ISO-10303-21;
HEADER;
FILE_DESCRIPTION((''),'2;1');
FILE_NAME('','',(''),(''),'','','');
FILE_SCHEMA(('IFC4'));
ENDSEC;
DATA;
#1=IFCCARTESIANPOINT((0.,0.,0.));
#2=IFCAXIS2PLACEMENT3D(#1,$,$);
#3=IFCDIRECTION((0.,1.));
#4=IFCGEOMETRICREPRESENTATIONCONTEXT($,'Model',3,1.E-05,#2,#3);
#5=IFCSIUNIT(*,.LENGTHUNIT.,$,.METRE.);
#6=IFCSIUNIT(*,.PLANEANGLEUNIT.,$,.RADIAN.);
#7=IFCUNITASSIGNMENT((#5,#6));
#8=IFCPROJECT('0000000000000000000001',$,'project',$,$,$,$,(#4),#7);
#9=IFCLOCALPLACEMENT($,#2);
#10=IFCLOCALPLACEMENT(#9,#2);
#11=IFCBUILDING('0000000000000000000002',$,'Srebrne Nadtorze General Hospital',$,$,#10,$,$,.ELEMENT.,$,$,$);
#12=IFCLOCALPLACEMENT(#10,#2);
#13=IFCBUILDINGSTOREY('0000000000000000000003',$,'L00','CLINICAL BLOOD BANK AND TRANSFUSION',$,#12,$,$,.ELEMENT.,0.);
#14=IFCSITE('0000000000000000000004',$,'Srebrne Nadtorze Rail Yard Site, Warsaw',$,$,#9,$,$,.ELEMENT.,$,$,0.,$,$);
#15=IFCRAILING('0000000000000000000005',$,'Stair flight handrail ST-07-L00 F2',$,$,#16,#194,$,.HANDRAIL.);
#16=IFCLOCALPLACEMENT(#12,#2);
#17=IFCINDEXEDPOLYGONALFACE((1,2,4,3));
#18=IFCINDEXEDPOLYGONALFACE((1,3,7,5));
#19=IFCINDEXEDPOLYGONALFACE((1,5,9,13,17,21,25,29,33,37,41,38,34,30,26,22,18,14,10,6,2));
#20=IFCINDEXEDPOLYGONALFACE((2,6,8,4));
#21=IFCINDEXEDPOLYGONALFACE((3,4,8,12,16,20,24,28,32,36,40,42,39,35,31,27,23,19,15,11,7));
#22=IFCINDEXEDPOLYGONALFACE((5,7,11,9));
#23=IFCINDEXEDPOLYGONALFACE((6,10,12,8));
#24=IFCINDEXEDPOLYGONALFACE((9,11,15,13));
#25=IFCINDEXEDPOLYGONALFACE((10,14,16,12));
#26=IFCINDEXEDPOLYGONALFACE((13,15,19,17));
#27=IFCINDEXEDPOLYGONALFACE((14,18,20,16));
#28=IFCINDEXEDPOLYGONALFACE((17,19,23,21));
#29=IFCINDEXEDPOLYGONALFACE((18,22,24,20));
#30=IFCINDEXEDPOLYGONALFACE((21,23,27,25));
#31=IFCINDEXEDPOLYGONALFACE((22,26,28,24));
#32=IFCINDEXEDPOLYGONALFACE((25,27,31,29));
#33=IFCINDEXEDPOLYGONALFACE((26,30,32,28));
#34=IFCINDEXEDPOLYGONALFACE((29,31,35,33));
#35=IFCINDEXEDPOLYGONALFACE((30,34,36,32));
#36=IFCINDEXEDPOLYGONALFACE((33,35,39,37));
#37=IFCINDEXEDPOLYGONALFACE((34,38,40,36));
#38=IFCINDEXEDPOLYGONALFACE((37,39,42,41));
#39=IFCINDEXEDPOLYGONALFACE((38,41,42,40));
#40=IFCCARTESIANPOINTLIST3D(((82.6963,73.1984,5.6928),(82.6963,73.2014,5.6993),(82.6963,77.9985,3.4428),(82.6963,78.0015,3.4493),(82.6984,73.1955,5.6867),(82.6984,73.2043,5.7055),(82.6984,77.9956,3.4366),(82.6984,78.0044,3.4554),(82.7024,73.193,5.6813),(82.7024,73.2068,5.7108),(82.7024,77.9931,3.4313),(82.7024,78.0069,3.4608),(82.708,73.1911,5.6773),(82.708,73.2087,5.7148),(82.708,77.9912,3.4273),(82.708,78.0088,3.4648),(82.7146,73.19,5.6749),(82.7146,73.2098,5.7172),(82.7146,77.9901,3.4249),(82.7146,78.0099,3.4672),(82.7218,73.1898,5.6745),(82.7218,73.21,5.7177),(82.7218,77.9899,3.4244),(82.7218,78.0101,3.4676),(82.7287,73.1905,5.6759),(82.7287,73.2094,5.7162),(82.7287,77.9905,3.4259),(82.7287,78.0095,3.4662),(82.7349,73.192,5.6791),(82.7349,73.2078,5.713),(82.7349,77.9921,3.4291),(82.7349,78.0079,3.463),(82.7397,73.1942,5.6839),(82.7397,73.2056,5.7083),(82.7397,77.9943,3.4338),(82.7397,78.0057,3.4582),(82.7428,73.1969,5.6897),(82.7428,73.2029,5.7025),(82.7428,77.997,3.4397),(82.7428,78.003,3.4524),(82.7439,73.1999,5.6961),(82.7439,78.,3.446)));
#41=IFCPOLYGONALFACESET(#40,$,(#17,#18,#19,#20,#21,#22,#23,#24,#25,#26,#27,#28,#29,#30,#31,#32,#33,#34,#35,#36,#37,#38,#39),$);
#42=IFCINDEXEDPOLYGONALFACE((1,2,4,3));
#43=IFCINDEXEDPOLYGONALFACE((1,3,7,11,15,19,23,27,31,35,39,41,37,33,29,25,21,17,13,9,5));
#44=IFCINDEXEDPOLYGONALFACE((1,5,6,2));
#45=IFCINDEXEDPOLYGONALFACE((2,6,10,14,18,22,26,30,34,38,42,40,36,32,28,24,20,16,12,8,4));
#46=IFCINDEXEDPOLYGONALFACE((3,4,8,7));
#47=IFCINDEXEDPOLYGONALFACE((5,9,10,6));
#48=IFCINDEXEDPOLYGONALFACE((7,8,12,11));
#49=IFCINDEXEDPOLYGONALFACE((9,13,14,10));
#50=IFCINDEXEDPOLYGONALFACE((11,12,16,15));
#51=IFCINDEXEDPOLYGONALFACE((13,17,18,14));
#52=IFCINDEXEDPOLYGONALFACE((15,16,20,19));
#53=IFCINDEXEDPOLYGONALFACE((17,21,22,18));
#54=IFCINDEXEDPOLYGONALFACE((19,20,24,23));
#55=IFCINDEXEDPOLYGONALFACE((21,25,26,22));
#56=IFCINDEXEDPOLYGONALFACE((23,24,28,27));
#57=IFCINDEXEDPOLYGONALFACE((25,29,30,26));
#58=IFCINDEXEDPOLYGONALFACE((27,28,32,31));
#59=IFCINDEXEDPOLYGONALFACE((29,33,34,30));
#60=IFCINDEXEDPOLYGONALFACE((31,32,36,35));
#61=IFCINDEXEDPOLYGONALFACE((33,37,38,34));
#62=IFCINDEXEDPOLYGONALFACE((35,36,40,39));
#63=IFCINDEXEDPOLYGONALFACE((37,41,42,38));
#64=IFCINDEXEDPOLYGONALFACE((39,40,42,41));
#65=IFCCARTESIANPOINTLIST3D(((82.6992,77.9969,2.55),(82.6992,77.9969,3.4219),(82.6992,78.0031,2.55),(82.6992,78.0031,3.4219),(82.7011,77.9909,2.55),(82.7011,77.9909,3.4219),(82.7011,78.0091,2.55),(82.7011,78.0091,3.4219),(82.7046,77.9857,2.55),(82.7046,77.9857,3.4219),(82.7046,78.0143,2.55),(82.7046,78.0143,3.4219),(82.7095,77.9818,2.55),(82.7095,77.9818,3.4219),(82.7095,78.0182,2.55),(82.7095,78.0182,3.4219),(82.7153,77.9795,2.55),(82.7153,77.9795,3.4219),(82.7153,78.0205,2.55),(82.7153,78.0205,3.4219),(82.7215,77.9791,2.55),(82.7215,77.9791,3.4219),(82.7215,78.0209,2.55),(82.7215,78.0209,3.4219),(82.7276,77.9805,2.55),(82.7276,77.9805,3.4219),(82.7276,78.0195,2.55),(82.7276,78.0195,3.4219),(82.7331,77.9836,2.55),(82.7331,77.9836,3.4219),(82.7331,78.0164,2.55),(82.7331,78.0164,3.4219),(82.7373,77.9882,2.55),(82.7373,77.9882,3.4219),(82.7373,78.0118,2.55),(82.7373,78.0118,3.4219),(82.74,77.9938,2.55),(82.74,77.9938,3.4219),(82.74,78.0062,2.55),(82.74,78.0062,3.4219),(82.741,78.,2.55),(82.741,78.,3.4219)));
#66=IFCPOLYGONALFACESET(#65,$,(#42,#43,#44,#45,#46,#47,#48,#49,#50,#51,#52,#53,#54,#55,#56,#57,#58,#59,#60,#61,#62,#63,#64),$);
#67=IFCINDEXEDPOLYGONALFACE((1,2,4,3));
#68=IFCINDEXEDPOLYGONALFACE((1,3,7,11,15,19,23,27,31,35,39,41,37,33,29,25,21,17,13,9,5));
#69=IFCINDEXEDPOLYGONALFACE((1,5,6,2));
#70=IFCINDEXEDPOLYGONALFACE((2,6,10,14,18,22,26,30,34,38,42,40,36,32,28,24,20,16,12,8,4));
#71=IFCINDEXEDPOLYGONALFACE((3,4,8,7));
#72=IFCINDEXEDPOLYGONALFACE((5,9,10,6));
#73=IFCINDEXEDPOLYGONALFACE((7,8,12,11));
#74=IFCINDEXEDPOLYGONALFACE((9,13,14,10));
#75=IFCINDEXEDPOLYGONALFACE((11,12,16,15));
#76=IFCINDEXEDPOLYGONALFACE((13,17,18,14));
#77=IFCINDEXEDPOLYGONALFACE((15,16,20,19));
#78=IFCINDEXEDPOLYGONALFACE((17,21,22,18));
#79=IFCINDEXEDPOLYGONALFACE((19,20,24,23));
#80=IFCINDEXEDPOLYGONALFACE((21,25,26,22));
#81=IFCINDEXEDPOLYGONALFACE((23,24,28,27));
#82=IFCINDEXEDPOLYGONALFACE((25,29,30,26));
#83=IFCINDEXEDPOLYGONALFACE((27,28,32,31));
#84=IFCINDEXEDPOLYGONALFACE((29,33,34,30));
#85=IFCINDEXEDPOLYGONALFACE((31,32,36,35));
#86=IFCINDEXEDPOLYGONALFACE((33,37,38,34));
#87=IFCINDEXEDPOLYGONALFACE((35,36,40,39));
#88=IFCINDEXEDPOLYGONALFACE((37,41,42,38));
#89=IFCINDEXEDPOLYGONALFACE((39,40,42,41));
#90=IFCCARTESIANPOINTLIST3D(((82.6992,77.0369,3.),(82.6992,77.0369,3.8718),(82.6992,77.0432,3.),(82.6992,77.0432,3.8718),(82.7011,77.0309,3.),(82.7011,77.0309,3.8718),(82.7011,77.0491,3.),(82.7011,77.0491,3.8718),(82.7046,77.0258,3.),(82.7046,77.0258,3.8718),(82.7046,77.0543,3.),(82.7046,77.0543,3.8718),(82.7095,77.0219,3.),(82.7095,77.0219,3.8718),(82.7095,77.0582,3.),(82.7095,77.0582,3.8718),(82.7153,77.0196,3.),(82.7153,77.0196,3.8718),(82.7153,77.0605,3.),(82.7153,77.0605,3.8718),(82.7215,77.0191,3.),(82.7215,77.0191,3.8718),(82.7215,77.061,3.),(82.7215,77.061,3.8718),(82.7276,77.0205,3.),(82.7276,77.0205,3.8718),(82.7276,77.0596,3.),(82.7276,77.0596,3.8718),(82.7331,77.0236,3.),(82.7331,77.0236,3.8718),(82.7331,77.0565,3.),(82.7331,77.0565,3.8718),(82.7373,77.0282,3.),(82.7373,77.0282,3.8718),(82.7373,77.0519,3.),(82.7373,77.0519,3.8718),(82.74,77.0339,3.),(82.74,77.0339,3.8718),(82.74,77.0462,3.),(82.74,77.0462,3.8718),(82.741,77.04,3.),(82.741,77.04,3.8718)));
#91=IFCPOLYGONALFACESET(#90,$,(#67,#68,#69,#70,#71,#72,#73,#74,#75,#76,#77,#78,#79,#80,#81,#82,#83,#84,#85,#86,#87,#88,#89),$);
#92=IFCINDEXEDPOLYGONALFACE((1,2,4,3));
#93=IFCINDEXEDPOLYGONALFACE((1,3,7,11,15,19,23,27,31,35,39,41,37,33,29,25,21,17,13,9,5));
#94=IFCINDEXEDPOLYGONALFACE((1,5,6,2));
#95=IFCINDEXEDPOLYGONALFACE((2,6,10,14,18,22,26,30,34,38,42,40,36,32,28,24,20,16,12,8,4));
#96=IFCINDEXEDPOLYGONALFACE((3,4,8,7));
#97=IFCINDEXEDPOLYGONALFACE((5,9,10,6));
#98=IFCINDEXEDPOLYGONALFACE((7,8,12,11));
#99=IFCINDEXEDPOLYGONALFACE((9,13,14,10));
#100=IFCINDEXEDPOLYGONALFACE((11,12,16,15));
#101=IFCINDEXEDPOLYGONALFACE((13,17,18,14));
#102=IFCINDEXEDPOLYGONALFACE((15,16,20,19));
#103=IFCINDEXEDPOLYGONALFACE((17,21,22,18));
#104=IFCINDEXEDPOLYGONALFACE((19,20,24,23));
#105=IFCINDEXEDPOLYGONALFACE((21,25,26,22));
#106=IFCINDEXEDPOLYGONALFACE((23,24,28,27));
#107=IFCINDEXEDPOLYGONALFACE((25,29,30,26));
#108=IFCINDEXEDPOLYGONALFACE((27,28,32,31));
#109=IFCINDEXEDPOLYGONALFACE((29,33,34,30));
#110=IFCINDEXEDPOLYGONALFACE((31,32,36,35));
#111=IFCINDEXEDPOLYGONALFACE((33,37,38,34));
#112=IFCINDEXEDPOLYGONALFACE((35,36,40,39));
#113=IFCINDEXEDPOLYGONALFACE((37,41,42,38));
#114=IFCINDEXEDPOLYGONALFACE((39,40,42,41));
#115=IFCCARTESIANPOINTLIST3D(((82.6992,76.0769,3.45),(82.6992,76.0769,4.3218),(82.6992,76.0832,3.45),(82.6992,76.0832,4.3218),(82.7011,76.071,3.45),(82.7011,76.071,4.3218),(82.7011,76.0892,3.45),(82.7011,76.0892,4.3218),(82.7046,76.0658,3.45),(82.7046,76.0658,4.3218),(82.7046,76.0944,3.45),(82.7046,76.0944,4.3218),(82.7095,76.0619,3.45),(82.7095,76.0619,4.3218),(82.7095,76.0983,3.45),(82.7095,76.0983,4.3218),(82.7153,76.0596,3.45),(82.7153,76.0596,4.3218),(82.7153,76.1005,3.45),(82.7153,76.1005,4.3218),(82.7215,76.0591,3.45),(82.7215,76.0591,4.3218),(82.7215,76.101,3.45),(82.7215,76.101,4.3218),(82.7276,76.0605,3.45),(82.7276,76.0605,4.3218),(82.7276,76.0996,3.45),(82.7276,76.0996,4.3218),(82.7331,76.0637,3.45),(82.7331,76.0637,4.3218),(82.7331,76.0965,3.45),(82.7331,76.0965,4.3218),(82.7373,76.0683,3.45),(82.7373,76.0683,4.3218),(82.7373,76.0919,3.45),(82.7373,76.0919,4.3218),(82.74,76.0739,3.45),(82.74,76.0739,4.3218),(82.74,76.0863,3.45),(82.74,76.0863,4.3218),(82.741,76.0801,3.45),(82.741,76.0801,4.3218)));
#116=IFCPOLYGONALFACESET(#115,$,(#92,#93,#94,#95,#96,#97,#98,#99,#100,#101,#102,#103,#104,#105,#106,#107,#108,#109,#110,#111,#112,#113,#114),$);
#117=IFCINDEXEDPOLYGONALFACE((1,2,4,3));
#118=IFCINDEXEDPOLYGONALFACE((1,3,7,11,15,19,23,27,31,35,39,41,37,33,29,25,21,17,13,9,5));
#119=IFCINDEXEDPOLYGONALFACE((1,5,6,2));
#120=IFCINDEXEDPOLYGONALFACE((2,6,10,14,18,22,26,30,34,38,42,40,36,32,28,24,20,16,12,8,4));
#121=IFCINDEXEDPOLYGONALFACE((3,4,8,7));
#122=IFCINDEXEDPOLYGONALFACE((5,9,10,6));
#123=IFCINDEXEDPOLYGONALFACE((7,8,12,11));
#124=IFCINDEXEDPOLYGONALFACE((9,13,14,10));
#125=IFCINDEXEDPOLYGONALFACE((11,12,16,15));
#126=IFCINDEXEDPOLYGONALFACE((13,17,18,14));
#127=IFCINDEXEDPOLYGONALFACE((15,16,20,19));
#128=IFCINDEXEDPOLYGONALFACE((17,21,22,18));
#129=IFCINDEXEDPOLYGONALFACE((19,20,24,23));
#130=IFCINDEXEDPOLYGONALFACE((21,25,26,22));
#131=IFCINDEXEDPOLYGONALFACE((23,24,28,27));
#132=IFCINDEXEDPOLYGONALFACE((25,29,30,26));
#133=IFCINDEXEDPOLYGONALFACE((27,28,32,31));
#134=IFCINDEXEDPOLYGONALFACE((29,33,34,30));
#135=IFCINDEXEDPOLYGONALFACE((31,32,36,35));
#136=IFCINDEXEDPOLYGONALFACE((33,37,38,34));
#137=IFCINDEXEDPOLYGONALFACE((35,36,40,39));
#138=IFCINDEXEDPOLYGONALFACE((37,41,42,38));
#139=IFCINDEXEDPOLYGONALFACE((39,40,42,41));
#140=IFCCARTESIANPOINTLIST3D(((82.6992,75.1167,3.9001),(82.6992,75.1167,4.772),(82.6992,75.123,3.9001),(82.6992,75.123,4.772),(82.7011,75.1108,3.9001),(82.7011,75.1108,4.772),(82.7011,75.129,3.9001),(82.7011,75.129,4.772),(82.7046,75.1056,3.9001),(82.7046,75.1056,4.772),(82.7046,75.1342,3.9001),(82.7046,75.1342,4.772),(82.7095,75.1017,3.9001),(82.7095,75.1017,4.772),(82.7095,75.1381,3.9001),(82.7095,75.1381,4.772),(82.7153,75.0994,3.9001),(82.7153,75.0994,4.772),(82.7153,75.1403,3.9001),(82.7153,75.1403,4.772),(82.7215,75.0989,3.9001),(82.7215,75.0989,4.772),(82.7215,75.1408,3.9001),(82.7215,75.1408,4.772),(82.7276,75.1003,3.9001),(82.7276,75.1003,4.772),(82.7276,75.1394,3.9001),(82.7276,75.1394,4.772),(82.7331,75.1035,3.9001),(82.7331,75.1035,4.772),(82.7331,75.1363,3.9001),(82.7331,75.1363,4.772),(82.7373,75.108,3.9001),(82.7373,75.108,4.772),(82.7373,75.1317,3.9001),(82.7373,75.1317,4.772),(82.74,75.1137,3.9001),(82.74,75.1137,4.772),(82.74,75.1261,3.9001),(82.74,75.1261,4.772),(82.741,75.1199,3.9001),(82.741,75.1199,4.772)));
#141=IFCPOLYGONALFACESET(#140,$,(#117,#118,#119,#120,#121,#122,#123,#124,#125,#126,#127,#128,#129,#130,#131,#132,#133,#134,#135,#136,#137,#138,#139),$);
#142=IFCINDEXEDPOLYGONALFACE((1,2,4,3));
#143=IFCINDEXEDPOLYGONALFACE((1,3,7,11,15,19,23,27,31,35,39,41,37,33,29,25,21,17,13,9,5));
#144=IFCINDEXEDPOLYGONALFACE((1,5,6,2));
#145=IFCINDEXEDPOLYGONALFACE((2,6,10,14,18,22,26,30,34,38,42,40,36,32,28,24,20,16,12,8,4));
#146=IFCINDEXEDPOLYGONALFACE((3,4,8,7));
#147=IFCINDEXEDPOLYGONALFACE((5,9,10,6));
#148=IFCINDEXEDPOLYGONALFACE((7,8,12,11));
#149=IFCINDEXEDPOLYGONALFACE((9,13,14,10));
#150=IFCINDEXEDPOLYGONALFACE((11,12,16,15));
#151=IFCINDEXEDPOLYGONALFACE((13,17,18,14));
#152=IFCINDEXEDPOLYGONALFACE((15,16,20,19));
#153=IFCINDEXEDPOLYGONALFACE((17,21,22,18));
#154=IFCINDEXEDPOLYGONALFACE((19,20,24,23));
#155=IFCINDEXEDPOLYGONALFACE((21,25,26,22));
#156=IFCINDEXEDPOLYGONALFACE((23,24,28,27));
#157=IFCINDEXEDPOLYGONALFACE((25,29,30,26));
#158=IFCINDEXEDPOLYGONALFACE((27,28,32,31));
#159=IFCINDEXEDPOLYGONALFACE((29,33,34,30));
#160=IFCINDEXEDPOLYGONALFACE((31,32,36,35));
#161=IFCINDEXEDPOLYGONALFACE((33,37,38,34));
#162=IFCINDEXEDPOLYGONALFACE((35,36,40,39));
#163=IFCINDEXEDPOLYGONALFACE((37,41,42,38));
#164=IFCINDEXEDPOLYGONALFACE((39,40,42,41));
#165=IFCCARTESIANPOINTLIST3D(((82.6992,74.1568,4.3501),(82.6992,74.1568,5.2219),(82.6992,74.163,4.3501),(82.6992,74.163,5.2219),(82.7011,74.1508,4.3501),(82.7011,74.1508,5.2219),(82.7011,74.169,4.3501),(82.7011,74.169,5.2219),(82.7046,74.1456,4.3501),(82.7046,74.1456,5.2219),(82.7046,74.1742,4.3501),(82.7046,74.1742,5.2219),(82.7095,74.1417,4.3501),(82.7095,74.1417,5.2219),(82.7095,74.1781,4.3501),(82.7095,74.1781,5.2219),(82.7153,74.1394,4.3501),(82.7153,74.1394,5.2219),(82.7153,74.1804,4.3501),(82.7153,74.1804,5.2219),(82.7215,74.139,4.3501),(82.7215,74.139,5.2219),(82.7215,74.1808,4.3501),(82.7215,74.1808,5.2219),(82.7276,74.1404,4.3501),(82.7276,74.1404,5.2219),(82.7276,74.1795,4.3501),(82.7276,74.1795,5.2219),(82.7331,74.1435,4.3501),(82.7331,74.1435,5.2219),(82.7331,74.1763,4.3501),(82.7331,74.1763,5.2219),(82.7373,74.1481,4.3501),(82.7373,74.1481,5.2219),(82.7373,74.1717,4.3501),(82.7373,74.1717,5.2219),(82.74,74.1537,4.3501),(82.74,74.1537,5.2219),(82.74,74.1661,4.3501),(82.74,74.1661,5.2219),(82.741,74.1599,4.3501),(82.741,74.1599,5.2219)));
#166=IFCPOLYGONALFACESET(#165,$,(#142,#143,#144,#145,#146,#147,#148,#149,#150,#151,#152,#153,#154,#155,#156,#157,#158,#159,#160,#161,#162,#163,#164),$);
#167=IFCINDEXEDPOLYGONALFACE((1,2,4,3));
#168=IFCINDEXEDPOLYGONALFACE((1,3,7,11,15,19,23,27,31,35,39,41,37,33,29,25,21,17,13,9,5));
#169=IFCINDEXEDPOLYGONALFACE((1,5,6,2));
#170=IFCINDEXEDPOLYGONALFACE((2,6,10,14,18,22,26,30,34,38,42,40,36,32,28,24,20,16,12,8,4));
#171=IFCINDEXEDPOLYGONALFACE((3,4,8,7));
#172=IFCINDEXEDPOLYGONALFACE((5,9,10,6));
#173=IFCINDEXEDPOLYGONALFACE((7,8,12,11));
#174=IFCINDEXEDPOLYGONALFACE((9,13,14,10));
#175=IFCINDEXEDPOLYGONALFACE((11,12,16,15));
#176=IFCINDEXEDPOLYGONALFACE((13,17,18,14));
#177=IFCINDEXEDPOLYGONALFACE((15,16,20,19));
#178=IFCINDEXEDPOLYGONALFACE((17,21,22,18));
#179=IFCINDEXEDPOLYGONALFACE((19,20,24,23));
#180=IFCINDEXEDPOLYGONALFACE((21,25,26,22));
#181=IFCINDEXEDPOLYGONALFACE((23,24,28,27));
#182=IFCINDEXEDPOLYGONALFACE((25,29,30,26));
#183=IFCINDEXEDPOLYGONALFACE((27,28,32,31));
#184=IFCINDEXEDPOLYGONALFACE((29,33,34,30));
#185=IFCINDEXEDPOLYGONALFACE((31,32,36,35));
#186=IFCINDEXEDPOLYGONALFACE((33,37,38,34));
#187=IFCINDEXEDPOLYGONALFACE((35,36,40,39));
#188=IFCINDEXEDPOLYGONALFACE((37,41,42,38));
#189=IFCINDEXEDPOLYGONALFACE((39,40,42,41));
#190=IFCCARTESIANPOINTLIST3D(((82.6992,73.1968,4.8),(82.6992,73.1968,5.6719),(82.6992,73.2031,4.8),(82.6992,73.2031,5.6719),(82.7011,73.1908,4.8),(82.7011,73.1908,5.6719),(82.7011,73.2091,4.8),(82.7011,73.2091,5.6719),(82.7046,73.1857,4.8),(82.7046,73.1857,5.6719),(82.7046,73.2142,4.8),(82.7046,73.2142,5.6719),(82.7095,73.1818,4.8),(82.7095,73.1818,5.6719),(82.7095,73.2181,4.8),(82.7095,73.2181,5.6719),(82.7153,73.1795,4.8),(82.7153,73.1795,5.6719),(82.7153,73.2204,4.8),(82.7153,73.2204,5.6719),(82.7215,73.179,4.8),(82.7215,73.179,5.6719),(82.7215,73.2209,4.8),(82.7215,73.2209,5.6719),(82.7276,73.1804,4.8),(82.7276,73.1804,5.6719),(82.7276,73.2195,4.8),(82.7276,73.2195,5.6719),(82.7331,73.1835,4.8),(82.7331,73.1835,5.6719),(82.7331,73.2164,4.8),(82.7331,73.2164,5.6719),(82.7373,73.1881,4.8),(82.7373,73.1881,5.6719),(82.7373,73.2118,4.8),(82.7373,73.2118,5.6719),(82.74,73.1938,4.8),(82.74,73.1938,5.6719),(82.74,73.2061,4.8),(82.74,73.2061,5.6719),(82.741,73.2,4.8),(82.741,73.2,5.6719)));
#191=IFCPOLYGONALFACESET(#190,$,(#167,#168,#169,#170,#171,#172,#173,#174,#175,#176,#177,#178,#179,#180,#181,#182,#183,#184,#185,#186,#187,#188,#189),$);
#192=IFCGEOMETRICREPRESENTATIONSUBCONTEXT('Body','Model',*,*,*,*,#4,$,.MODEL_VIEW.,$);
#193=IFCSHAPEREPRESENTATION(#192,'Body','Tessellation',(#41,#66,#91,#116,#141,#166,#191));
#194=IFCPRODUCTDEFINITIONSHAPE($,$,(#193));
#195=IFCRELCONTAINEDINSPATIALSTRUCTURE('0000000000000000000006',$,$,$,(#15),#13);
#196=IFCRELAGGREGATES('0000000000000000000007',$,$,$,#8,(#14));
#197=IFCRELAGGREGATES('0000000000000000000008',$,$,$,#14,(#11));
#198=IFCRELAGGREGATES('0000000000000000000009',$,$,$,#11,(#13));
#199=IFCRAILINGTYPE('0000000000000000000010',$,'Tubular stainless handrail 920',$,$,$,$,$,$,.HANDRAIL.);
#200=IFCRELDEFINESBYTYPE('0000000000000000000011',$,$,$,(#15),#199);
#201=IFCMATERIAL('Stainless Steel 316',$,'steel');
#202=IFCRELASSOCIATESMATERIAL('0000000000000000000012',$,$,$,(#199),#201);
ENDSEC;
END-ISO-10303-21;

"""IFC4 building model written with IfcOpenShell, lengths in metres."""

from ifc_helpers import new_model, si_unit, direction, frame, origin, origin_2d, place, context, subcontext, project, spatial, circle, extrude, material, type_object, element, save


model = new_model("IFC4")

# Units and contexts
model_context = context("Model", 3, precision=1e-05, world=origin(), true_north=direction((0.0, 1.0)))
body_context = subcontext(model_context, "Body", "Model", "MODEL_VIEW")
ifc_project = project(units=[si_unit("LENGTHUNIT", "METRE"), si_unit("PLANEANGLEUNIT", "RADIAN")], contexts=[model_context])

# Site, building, storey
site_placement = place(None, origin())
site = spatial("IfcSite", under=ifc_project, at=site_placement, Name="Srebrne Nadtorze Rail Yard Site, Warsaw", CompositionType="ELEMENT", RefElevation=0.0)
building_placement = place(site_placement, origin())
building = spatial("IfcBuilding", under=site, at=building_placement, Name="Srebrne Nadtorze General Hospital", CompositionType="ELEMENT")
storey_placement = place(building_placement, origin())
storey = spatial("IfcBuildingStorey", under=building, at=storey_placement, Name="L00", Description="CLINICAL BLOOD BANK AND TRANSFUSION", CompositionType="ELEMENT", Elevation=0.0)

# Railing
ifc_material_1 = material(Name="Stainless Steel 316", Category="steel")
railing_type_1 = type_object("IfcRailingType", Name="Tubular stainless handrail 920", PredefinedType="HANDRAIL", material=ifc_material_1)
railing_1_placement = place(storey_placement, frame((82.72, 78.0, 2.55)))
element("IfcRailing", 1, at=railing_1_placement, inside=storey, type_object=railing_type_1, Name="Stair flight handrail ST-07-L00 F2", PredefinedType="HANDRAIL", context=body_context, shape_type="SweptSolid", body=[
    extrude(circle(Radius=0.0239, at=origin_2d()), frame((0.0, 0.0, 0.896), z_axis=(0.0, -0.905461, 0.42443), x_axis=(1.0, 0.0, 0.0)), (0.0, 0.0, 1.0), 5.3013),
    extrude(circle(Radius=0.021, at=origin_2d()), origin(), (0.0, 0.0, 1.0), 0.8718),
    extrude(circle(Radius=0.021, at=origin_2d()), frame((0.0, -0.96, 0.45)), (0.0, 0.0, 1.0), 0.8718),
    extrude(circle(Radius=0.021, at=origin_2d()), frame((0.0, -1.9199, 0.8999)), (0.0, 0.0, 1.0), 0.8718),
    extrude(circle(Radius=0.021, at=origin_2d()), frame((0.0, -2.8801, 1.3501)), (0.0, 0.0, 1.0), 0.8718),
    extrude(circle(Radius=0.021, at=origin_2d()), frame((0.0, -3.8401, 1.8)), (0.0, 0.0, 1.0), 0.8718),
    extrude(circle(Radius=0.021, at=origin_2d()), frame((0.0, -4.8, 2.25)), (0.0, 0.0, 1.0), 0.8718),
])

save(model, "model.ifc")
